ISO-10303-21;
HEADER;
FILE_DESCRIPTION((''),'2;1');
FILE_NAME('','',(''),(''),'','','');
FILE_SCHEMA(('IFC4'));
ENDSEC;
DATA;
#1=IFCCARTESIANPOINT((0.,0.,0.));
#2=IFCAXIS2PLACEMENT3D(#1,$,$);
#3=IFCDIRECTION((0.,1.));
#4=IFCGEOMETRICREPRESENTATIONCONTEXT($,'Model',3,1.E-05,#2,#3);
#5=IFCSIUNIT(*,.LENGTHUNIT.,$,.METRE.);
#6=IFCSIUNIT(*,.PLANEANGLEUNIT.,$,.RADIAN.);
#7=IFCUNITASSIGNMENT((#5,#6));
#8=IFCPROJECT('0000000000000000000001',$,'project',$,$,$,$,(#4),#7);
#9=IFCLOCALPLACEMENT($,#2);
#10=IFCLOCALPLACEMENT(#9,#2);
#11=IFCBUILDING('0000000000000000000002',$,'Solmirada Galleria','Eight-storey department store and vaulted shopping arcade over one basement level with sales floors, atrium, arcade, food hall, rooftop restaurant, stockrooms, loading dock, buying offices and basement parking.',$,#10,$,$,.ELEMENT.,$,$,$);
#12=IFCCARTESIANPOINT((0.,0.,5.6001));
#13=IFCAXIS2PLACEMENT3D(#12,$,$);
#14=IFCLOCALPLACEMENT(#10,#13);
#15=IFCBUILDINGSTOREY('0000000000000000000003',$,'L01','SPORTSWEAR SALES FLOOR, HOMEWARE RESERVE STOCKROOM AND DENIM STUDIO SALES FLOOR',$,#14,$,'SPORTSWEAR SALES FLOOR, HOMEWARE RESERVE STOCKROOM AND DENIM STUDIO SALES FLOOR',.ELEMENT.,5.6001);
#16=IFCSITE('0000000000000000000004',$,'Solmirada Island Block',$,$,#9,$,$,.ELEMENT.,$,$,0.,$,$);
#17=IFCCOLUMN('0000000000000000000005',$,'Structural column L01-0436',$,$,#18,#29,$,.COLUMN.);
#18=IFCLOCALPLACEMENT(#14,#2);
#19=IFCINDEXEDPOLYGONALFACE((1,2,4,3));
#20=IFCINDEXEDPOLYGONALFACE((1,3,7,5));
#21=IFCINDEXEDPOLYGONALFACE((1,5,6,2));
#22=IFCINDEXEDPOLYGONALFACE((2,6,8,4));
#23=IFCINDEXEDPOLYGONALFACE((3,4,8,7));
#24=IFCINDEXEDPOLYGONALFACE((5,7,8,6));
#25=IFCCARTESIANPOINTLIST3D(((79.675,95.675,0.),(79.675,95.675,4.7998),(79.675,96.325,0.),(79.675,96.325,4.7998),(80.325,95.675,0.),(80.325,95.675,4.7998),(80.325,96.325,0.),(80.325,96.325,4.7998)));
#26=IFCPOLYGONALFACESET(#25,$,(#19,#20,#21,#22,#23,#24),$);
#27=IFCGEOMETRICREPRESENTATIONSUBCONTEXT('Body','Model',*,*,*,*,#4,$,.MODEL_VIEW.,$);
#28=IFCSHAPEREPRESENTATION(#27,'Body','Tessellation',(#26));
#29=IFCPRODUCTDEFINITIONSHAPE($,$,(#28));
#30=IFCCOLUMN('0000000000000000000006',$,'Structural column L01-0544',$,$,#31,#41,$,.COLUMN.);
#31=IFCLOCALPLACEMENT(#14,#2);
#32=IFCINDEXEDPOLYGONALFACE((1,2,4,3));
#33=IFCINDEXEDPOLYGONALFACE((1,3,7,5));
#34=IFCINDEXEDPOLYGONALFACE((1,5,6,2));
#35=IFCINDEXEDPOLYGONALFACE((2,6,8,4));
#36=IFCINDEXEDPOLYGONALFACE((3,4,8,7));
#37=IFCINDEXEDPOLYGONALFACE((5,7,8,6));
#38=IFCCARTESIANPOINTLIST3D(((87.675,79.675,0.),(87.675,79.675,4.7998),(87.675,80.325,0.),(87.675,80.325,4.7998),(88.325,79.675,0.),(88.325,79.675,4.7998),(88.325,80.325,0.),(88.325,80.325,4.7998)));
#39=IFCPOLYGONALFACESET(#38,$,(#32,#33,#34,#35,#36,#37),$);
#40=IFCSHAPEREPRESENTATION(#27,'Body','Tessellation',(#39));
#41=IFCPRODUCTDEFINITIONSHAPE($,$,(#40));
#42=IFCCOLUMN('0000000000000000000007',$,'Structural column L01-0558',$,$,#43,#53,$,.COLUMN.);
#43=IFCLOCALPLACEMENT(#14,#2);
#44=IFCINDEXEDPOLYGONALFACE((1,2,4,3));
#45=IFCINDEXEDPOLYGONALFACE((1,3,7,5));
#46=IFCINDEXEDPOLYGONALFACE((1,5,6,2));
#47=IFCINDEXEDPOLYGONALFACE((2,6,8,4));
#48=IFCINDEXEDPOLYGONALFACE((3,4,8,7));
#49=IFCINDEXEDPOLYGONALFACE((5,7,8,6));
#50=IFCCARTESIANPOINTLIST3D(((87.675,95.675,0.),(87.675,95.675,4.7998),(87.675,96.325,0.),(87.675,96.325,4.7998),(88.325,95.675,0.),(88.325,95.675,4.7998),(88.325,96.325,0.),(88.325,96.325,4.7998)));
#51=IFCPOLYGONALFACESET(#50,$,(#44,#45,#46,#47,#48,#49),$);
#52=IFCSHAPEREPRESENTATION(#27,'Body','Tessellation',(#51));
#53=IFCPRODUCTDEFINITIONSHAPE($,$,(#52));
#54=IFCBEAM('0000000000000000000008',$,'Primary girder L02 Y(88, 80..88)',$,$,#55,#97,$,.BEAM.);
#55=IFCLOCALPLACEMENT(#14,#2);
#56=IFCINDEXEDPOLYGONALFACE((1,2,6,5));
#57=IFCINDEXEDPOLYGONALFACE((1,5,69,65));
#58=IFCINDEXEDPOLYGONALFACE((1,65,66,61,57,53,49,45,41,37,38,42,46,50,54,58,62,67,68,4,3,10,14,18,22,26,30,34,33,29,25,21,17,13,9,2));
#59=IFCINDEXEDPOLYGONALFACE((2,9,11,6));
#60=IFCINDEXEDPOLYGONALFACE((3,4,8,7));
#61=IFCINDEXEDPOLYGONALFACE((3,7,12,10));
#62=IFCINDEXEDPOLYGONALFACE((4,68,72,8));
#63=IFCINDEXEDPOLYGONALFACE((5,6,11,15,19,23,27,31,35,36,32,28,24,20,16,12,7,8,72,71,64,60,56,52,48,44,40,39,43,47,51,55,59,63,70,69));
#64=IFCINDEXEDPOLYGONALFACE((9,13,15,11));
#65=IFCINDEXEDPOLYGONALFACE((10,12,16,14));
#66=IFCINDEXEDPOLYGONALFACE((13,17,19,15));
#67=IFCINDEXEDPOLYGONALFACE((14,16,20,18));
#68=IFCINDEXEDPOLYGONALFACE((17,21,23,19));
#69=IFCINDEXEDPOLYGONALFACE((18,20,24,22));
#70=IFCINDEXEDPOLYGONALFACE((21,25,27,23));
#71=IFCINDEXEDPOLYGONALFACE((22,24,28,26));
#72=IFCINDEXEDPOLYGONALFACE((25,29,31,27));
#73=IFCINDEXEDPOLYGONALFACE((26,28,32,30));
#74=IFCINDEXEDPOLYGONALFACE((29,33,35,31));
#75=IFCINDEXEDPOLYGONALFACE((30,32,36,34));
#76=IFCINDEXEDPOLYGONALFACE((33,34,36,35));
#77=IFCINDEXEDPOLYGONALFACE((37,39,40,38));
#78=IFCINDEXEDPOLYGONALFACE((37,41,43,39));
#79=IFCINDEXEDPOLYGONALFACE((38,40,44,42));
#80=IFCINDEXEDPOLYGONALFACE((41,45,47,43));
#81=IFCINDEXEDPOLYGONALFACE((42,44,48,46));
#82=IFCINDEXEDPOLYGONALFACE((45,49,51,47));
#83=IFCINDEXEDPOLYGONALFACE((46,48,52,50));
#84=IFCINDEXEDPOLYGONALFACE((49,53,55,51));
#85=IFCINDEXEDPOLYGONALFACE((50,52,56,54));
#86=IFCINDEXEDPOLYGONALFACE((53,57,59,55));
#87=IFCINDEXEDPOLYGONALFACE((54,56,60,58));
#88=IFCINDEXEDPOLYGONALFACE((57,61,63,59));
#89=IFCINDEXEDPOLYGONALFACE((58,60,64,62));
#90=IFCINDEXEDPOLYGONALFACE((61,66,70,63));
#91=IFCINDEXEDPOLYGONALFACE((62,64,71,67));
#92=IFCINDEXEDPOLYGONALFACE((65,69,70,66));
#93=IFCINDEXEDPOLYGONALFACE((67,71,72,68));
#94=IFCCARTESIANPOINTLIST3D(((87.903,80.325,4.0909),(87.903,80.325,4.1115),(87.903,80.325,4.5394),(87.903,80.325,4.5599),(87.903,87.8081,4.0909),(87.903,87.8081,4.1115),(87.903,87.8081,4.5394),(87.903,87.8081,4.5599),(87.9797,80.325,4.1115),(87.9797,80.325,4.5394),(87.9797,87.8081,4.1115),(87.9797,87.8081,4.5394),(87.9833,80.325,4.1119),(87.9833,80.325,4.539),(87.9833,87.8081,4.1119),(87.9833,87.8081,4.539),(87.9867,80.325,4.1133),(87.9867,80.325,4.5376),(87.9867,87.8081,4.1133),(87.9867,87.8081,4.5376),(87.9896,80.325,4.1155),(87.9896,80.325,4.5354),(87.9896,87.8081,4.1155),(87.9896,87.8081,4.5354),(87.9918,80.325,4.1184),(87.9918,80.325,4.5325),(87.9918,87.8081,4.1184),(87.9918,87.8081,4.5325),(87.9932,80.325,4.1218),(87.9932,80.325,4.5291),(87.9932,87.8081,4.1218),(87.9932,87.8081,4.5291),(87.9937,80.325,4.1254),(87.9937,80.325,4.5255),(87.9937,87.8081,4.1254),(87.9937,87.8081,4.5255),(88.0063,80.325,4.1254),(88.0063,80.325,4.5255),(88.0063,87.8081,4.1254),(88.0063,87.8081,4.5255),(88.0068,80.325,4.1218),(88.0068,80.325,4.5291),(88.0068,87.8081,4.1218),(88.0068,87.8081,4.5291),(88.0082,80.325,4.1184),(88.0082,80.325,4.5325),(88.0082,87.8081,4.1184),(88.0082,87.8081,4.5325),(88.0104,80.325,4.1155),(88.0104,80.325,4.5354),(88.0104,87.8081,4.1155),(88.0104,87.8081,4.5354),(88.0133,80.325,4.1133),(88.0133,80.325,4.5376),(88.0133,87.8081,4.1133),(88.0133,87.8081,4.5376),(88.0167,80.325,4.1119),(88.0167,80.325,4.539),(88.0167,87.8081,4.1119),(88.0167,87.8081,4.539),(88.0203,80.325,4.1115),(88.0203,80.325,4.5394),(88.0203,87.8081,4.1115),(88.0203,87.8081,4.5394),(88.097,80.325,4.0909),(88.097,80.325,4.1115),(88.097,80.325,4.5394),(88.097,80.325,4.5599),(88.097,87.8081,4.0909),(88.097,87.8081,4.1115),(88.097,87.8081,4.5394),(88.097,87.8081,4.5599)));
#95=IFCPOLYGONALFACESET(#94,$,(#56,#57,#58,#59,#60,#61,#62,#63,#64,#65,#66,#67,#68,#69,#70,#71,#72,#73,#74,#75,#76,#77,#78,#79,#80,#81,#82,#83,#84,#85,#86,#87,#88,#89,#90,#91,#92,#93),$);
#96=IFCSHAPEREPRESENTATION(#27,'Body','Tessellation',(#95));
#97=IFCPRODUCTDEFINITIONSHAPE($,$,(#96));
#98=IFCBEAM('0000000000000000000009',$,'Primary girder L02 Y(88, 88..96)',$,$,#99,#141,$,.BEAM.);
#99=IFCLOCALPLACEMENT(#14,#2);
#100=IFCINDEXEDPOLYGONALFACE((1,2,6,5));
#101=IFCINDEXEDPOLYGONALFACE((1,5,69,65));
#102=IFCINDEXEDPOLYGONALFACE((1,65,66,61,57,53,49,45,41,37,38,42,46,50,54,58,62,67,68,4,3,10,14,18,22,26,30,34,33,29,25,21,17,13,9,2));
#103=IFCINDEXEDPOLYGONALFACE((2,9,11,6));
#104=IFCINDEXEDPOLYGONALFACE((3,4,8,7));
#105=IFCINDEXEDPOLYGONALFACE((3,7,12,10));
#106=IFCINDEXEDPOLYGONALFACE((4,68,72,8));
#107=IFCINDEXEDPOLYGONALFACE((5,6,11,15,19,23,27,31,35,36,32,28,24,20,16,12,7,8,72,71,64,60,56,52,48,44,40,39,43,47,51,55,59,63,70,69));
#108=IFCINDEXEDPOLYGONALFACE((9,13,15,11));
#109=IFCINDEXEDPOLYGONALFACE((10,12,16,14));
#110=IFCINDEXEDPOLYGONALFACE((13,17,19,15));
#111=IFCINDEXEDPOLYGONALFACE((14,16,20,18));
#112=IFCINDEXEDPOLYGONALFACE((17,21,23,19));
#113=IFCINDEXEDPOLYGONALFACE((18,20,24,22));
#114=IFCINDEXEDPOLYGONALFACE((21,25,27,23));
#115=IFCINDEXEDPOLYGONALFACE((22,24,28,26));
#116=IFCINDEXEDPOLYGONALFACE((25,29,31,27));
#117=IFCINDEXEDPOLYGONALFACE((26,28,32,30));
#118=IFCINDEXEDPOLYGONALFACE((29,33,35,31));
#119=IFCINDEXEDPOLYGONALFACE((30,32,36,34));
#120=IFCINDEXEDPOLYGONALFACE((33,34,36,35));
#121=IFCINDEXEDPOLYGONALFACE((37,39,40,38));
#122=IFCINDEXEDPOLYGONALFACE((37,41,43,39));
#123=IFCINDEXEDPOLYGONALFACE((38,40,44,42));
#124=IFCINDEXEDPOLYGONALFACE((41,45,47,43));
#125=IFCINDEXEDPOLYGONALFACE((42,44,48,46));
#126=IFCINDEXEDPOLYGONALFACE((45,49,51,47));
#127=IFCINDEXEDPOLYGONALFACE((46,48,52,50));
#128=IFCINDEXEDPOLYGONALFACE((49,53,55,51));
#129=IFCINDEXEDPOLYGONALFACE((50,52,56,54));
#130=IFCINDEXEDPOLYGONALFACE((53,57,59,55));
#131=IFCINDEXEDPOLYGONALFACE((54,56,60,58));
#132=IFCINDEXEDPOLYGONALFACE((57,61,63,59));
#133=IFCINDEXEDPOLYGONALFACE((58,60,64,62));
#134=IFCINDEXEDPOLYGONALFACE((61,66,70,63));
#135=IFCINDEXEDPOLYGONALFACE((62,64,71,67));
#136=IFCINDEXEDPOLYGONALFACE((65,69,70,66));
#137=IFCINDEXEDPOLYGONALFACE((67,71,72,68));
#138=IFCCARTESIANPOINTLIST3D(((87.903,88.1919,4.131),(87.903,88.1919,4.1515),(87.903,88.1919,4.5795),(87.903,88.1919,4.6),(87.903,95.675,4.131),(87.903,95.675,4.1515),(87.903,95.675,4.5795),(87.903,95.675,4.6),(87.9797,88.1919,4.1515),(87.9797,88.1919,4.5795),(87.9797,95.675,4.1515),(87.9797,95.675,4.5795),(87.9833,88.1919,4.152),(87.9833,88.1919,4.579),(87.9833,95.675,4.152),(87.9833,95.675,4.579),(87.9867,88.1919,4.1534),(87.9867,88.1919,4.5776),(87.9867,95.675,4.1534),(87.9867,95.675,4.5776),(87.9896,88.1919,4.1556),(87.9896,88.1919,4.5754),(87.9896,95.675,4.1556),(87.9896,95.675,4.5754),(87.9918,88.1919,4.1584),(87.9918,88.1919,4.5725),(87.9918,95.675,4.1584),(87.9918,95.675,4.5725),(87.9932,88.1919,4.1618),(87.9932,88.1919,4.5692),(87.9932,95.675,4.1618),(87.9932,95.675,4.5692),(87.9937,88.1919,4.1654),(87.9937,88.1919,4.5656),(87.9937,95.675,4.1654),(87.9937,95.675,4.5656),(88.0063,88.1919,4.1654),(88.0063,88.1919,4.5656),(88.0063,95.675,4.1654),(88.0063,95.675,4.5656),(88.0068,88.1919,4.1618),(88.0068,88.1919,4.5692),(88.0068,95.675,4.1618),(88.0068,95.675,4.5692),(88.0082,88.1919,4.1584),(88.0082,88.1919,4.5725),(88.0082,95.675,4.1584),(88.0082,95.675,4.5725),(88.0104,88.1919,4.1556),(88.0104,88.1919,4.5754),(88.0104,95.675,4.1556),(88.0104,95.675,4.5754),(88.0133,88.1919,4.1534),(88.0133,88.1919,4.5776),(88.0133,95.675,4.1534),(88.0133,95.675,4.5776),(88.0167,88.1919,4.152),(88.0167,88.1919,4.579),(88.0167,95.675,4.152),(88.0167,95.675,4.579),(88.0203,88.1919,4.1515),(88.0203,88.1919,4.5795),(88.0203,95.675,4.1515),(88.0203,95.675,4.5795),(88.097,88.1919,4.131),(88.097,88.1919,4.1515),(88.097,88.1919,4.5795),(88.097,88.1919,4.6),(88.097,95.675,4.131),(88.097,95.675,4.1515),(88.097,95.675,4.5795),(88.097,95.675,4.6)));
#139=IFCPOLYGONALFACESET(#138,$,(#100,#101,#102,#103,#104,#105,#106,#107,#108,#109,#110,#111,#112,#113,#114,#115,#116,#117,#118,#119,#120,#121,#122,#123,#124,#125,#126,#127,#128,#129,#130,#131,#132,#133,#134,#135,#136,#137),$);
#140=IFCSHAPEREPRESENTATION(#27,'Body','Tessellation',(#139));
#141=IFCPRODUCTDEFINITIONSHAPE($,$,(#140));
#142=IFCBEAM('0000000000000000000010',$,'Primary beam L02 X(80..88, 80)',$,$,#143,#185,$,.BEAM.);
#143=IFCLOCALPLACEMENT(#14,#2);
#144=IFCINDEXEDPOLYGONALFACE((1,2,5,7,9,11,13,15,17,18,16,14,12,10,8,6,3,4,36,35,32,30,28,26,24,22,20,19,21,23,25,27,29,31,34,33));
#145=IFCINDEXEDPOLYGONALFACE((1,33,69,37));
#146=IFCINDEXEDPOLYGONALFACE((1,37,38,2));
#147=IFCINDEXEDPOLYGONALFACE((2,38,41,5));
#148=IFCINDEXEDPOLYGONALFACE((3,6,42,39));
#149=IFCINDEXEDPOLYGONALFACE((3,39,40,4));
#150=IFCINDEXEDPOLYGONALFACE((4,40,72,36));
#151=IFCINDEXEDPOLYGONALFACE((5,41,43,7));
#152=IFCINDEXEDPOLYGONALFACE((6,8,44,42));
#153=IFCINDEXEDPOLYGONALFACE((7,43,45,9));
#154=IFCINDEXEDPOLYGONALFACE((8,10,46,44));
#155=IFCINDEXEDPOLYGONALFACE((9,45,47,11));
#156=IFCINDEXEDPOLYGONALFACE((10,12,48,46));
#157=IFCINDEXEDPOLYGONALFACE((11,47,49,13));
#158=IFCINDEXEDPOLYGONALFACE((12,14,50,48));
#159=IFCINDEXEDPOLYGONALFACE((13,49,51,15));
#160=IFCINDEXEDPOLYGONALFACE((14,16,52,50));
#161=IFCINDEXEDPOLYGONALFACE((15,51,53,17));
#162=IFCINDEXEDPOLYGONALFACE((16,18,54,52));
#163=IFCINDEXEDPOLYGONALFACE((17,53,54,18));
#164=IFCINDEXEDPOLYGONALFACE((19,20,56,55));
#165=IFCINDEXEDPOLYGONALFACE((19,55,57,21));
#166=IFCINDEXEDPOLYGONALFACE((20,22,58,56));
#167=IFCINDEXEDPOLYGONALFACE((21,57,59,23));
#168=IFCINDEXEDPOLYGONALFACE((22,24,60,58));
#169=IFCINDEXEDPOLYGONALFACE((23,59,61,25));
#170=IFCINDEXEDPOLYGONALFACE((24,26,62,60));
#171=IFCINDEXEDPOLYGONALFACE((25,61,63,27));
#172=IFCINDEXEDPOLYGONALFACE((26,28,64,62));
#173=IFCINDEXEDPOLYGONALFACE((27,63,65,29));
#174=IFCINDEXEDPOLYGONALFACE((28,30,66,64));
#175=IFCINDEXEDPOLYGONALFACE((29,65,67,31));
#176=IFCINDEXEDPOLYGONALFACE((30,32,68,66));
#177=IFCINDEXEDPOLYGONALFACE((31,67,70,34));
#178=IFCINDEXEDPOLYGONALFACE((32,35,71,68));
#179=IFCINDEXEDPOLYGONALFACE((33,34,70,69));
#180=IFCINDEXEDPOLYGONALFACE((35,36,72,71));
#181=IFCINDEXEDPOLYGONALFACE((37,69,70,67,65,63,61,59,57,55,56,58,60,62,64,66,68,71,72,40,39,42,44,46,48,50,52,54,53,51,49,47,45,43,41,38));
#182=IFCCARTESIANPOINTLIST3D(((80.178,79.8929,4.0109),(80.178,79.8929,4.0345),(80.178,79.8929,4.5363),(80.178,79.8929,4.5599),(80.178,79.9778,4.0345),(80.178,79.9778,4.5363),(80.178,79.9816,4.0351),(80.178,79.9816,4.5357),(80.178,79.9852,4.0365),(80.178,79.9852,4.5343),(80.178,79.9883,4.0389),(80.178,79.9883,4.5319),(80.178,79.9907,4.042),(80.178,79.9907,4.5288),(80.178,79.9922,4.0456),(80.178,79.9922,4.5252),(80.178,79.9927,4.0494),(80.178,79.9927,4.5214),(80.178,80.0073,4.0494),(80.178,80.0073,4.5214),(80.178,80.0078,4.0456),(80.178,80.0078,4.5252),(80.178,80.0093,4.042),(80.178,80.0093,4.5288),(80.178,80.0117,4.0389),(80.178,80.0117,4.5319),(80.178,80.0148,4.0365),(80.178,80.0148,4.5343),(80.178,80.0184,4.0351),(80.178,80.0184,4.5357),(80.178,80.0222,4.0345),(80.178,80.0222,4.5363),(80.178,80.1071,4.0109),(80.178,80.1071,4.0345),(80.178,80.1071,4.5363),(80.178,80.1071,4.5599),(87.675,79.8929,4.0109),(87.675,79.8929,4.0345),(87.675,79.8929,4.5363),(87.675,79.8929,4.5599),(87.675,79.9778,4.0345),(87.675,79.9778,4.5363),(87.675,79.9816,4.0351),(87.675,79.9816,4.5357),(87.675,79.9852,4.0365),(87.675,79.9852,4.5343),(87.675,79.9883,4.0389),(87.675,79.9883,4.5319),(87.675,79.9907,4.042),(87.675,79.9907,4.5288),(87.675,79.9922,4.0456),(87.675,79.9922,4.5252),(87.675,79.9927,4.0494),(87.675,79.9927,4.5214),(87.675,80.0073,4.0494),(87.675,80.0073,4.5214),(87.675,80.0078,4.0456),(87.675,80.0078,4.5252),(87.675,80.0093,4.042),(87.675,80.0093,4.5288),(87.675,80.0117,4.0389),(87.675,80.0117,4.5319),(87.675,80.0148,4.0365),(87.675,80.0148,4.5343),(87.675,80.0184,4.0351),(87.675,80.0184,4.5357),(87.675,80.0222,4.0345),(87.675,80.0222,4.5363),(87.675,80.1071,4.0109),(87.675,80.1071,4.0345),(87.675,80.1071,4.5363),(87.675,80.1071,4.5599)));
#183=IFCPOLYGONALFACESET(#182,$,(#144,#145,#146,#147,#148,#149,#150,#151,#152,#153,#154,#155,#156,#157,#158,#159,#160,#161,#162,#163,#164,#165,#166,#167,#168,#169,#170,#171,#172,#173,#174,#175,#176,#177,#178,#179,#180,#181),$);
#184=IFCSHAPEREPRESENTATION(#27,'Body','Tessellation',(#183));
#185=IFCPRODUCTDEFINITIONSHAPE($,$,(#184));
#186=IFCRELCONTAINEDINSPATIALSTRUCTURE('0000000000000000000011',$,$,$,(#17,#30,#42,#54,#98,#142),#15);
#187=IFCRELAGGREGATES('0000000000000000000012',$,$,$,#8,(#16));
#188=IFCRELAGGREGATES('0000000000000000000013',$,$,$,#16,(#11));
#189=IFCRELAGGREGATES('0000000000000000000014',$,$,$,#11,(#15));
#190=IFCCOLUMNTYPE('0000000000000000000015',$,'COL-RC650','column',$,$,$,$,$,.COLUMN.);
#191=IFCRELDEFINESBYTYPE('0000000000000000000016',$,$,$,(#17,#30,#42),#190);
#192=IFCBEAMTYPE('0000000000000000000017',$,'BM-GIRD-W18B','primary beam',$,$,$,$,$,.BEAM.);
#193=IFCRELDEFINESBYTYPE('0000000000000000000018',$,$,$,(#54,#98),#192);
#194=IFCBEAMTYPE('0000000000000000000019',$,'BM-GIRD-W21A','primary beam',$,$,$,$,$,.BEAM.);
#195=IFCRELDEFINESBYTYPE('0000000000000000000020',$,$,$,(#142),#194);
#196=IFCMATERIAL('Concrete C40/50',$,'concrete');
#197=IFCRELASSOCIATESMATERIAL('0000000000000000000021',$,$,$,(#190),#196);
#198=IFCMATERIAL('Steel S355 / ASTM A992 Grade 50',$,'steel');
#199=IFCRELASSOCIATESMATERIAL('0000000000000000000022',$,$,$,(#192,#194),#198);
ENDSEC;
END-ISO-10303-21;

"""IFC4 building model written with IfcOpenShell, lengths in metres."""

from ifc_helpers import new_model, si_unit, direction, frame, origin, origin_2d, place, context, subcontext, project, spatial, rectangle, i_section, extrude, material, material_profile, profile_set, type_object, element, save


model = new_model("IFC4")

# Units and contexts
model_context = context("Model", 3, precision=1e-05, world=origin(), true_north=direction((0.0, 1.0)))
body_context = subcontext(model_context, "Body", "Model", "MODEL_VIEW")
ifc_project = project(units=[si_unit("LENGTHUNIT", "METRE"), si_unit("PLANEANGLEUNIT", "RADIAN")], contexts=[model_context])

# Site, building, storey
site_placement = place(None, origin())
site = spatial("IfcSite", under=ifc_project, at=site_placement, Name="Solmirada Island Block", CompositionType="ELEMENT", RefElevation=0.0)
building_placement = place(site_placement, origin())
building = spatial("IfcBuilding", under=site, at=building_placement, Name="Solmirada Galleria", Description="Eight-storey department store and vaulted shopping arcade over one basement level with sales floors, atrium, arcade, food hall, rooftop restaurant, stockrooms, loading dock, buying offices and basement parking.", CompositionType="ELEMENT")
storey_placement = place(building_placement, frame((0.0, 0.0, 5.6001)))
storey = spatial("IfcBuildingStorey", under=building, at=storey_placement, Name="L01", Description="SPORTSWEAR SALES FLOOR, HOMEWARE RESERVE STOCKROOM AND DENIM STUDIO SALES FLOOR", LongName="SPORTSWEAR SALES FLOOR, HOMEWARE RESERVE STOCKROOM AND DENIM STUDIO SALES FLOOR", CompositionType="ELEMENT", Elevation=5.6001)

# Columns
ifc_material_1 = material(Name="Concrete C40/50", Category="concrete")
ifc_material_profile_1 = material_profile(ifc_material_1, rectangle(XDim=0.6499, YDim=0.6499, at=origin_2d()), Name="RC650X650")
ifc_profile_set_1 = profile_set([ifc_material_profile_1], Name="Concrete C40/50")
column_type_1 = type_object("IfcColumnType", Name="COL-RC650", Description="column", PredefinedType="COLUMN", material=ifc_profile_set_1)
for number, where, z_axis, x_axis, name in (
    (1, (80.0, 96.0, 0.0), (0.0, 0.0, 1.0), (1.0, 0.0, 0.0), "Structural column L01-0436"),
    (2, (88.0, 80.0, 0.0), (0.0, 0.0, 1.0), (1.0, 0.0, 0.0), "Structural column L01-0544"),
    (3, (88.0, 96.0, 0.0), (0.0, 0.0, 1.0), (1.0, 0.0, 0.0), "Structural column L01-0558"),
):
    element("IfcColumn", number, at=place(storey_placement, frame(where, z_axis=z_axis, x_axis=x_axis)), inside=storey, type_object=column_type_1, Name=name, PredefinedType="COLUMN", context=body_context, shape_type="SweptSolid", body=[
        extrude(rectangle(XDim=0.6499, YDim=0.6499, at=origin_2d()), origin(), (0.0, 0.0, 1.0), 4.7998),
    ])

# Beams
ifc_material_2 = material(Name="Steel S355 / ASTM A992 Grade 50", Category="steel")
ifc_material_profile_2 = material_profile(ifc_material_2, i_section(OverallWidth=0.1941, OverallDepth=0.469, WebThickness=0.0127, FlangeThickness=0.0205, FilletRadius=0.0139, at=origin_2d()), Name="W18X71")
ifc_profile_set_2 = profile_set([ifc_material_profile_2], Name="Steel S355 / ASTM A992 Grade 50")
beam_type_1 = type_object("IfcBeamType", Name="BM-GIRD-W18B", Description="primary beam", PredefinedType="BEAM", material=ifc_profile_set_2)
for number, where, z_axis, x_axis, name in (
    (4, (88.0, 80.325, 4.3254), (0.0, 1.0, 0.0), (-1.0, 0.0, 0.0), "Primary girder L02 Y(88, 80..88)"),
    (5, (88.0, 88.1919, 4.3655), (0.0, 1.0, 0.0), (-1.0, 0.0, 0.0), "Primary girder L02 Y(88, 88..96)"),
):
    element("IfcBeam", number, at=place(storey_placement, frame(where, z_axis=z_axis, x_axis=x_axis)), inside=storey, type_object=beam_type_1, Name=name, PredefinedType="BEAM", context=body_context, shape_type="SweptSolid", body=[
        extrude(i_section(OverallWidth=0.1941, OverallDepth=0.469, WebThickness=0.0127, FlangeThickness=0.0205, FilletRadius=0.0139, at=origin_2d()), origin(), (0.0, 0.0, 1.0), 7.4832),
    ])
ifc_material_profile_3 = material_profile(ifc_material_2, i_section(OverallWidth=0.2141, OverallDepth=0.5491, WebThickness=0.0146, FlangeThickness=0.0237, FilletRadius=0.0149, at=origin_2d()), Name="W21X93")
ifc_profile_set_3 = profile_set([ifc_material_profile_3], Name="Steel S355 / ASTM A992 Grade 50")
beam_type_2 = type_object("IfcBeamType", Name="BM-GIRD-W21A", Description="primary beam", PredefinedType="BEAM", material=ifc_profile_set_3)
beam_1_placement = place(storey_placement, frame((80.178, 80.0, 4.2854), z_axis=(1.0, 0.0, 0.0), x_axis=(0.0, 1.0, 0.0)))
element("IfcBeam", 6, at=beam_1_placement, inside=storey, type_object=beam_type_2, Name="Primary beam L02 X(80..88, 80)", PredefinedType="BEAM", context=body_context, shape_type="SweptSolid", body=[
    extrude(i_section(OverallWidth=0.2141, OverallDepth=0.5491, WebThickness=0.0146, FlangeThickness=0.0237, FilletRadius=0.0149, at=origin_2d()), origin(), (0.0, 0.0, 1.0), 7.4971),
])

save(model, "model.ifc")
